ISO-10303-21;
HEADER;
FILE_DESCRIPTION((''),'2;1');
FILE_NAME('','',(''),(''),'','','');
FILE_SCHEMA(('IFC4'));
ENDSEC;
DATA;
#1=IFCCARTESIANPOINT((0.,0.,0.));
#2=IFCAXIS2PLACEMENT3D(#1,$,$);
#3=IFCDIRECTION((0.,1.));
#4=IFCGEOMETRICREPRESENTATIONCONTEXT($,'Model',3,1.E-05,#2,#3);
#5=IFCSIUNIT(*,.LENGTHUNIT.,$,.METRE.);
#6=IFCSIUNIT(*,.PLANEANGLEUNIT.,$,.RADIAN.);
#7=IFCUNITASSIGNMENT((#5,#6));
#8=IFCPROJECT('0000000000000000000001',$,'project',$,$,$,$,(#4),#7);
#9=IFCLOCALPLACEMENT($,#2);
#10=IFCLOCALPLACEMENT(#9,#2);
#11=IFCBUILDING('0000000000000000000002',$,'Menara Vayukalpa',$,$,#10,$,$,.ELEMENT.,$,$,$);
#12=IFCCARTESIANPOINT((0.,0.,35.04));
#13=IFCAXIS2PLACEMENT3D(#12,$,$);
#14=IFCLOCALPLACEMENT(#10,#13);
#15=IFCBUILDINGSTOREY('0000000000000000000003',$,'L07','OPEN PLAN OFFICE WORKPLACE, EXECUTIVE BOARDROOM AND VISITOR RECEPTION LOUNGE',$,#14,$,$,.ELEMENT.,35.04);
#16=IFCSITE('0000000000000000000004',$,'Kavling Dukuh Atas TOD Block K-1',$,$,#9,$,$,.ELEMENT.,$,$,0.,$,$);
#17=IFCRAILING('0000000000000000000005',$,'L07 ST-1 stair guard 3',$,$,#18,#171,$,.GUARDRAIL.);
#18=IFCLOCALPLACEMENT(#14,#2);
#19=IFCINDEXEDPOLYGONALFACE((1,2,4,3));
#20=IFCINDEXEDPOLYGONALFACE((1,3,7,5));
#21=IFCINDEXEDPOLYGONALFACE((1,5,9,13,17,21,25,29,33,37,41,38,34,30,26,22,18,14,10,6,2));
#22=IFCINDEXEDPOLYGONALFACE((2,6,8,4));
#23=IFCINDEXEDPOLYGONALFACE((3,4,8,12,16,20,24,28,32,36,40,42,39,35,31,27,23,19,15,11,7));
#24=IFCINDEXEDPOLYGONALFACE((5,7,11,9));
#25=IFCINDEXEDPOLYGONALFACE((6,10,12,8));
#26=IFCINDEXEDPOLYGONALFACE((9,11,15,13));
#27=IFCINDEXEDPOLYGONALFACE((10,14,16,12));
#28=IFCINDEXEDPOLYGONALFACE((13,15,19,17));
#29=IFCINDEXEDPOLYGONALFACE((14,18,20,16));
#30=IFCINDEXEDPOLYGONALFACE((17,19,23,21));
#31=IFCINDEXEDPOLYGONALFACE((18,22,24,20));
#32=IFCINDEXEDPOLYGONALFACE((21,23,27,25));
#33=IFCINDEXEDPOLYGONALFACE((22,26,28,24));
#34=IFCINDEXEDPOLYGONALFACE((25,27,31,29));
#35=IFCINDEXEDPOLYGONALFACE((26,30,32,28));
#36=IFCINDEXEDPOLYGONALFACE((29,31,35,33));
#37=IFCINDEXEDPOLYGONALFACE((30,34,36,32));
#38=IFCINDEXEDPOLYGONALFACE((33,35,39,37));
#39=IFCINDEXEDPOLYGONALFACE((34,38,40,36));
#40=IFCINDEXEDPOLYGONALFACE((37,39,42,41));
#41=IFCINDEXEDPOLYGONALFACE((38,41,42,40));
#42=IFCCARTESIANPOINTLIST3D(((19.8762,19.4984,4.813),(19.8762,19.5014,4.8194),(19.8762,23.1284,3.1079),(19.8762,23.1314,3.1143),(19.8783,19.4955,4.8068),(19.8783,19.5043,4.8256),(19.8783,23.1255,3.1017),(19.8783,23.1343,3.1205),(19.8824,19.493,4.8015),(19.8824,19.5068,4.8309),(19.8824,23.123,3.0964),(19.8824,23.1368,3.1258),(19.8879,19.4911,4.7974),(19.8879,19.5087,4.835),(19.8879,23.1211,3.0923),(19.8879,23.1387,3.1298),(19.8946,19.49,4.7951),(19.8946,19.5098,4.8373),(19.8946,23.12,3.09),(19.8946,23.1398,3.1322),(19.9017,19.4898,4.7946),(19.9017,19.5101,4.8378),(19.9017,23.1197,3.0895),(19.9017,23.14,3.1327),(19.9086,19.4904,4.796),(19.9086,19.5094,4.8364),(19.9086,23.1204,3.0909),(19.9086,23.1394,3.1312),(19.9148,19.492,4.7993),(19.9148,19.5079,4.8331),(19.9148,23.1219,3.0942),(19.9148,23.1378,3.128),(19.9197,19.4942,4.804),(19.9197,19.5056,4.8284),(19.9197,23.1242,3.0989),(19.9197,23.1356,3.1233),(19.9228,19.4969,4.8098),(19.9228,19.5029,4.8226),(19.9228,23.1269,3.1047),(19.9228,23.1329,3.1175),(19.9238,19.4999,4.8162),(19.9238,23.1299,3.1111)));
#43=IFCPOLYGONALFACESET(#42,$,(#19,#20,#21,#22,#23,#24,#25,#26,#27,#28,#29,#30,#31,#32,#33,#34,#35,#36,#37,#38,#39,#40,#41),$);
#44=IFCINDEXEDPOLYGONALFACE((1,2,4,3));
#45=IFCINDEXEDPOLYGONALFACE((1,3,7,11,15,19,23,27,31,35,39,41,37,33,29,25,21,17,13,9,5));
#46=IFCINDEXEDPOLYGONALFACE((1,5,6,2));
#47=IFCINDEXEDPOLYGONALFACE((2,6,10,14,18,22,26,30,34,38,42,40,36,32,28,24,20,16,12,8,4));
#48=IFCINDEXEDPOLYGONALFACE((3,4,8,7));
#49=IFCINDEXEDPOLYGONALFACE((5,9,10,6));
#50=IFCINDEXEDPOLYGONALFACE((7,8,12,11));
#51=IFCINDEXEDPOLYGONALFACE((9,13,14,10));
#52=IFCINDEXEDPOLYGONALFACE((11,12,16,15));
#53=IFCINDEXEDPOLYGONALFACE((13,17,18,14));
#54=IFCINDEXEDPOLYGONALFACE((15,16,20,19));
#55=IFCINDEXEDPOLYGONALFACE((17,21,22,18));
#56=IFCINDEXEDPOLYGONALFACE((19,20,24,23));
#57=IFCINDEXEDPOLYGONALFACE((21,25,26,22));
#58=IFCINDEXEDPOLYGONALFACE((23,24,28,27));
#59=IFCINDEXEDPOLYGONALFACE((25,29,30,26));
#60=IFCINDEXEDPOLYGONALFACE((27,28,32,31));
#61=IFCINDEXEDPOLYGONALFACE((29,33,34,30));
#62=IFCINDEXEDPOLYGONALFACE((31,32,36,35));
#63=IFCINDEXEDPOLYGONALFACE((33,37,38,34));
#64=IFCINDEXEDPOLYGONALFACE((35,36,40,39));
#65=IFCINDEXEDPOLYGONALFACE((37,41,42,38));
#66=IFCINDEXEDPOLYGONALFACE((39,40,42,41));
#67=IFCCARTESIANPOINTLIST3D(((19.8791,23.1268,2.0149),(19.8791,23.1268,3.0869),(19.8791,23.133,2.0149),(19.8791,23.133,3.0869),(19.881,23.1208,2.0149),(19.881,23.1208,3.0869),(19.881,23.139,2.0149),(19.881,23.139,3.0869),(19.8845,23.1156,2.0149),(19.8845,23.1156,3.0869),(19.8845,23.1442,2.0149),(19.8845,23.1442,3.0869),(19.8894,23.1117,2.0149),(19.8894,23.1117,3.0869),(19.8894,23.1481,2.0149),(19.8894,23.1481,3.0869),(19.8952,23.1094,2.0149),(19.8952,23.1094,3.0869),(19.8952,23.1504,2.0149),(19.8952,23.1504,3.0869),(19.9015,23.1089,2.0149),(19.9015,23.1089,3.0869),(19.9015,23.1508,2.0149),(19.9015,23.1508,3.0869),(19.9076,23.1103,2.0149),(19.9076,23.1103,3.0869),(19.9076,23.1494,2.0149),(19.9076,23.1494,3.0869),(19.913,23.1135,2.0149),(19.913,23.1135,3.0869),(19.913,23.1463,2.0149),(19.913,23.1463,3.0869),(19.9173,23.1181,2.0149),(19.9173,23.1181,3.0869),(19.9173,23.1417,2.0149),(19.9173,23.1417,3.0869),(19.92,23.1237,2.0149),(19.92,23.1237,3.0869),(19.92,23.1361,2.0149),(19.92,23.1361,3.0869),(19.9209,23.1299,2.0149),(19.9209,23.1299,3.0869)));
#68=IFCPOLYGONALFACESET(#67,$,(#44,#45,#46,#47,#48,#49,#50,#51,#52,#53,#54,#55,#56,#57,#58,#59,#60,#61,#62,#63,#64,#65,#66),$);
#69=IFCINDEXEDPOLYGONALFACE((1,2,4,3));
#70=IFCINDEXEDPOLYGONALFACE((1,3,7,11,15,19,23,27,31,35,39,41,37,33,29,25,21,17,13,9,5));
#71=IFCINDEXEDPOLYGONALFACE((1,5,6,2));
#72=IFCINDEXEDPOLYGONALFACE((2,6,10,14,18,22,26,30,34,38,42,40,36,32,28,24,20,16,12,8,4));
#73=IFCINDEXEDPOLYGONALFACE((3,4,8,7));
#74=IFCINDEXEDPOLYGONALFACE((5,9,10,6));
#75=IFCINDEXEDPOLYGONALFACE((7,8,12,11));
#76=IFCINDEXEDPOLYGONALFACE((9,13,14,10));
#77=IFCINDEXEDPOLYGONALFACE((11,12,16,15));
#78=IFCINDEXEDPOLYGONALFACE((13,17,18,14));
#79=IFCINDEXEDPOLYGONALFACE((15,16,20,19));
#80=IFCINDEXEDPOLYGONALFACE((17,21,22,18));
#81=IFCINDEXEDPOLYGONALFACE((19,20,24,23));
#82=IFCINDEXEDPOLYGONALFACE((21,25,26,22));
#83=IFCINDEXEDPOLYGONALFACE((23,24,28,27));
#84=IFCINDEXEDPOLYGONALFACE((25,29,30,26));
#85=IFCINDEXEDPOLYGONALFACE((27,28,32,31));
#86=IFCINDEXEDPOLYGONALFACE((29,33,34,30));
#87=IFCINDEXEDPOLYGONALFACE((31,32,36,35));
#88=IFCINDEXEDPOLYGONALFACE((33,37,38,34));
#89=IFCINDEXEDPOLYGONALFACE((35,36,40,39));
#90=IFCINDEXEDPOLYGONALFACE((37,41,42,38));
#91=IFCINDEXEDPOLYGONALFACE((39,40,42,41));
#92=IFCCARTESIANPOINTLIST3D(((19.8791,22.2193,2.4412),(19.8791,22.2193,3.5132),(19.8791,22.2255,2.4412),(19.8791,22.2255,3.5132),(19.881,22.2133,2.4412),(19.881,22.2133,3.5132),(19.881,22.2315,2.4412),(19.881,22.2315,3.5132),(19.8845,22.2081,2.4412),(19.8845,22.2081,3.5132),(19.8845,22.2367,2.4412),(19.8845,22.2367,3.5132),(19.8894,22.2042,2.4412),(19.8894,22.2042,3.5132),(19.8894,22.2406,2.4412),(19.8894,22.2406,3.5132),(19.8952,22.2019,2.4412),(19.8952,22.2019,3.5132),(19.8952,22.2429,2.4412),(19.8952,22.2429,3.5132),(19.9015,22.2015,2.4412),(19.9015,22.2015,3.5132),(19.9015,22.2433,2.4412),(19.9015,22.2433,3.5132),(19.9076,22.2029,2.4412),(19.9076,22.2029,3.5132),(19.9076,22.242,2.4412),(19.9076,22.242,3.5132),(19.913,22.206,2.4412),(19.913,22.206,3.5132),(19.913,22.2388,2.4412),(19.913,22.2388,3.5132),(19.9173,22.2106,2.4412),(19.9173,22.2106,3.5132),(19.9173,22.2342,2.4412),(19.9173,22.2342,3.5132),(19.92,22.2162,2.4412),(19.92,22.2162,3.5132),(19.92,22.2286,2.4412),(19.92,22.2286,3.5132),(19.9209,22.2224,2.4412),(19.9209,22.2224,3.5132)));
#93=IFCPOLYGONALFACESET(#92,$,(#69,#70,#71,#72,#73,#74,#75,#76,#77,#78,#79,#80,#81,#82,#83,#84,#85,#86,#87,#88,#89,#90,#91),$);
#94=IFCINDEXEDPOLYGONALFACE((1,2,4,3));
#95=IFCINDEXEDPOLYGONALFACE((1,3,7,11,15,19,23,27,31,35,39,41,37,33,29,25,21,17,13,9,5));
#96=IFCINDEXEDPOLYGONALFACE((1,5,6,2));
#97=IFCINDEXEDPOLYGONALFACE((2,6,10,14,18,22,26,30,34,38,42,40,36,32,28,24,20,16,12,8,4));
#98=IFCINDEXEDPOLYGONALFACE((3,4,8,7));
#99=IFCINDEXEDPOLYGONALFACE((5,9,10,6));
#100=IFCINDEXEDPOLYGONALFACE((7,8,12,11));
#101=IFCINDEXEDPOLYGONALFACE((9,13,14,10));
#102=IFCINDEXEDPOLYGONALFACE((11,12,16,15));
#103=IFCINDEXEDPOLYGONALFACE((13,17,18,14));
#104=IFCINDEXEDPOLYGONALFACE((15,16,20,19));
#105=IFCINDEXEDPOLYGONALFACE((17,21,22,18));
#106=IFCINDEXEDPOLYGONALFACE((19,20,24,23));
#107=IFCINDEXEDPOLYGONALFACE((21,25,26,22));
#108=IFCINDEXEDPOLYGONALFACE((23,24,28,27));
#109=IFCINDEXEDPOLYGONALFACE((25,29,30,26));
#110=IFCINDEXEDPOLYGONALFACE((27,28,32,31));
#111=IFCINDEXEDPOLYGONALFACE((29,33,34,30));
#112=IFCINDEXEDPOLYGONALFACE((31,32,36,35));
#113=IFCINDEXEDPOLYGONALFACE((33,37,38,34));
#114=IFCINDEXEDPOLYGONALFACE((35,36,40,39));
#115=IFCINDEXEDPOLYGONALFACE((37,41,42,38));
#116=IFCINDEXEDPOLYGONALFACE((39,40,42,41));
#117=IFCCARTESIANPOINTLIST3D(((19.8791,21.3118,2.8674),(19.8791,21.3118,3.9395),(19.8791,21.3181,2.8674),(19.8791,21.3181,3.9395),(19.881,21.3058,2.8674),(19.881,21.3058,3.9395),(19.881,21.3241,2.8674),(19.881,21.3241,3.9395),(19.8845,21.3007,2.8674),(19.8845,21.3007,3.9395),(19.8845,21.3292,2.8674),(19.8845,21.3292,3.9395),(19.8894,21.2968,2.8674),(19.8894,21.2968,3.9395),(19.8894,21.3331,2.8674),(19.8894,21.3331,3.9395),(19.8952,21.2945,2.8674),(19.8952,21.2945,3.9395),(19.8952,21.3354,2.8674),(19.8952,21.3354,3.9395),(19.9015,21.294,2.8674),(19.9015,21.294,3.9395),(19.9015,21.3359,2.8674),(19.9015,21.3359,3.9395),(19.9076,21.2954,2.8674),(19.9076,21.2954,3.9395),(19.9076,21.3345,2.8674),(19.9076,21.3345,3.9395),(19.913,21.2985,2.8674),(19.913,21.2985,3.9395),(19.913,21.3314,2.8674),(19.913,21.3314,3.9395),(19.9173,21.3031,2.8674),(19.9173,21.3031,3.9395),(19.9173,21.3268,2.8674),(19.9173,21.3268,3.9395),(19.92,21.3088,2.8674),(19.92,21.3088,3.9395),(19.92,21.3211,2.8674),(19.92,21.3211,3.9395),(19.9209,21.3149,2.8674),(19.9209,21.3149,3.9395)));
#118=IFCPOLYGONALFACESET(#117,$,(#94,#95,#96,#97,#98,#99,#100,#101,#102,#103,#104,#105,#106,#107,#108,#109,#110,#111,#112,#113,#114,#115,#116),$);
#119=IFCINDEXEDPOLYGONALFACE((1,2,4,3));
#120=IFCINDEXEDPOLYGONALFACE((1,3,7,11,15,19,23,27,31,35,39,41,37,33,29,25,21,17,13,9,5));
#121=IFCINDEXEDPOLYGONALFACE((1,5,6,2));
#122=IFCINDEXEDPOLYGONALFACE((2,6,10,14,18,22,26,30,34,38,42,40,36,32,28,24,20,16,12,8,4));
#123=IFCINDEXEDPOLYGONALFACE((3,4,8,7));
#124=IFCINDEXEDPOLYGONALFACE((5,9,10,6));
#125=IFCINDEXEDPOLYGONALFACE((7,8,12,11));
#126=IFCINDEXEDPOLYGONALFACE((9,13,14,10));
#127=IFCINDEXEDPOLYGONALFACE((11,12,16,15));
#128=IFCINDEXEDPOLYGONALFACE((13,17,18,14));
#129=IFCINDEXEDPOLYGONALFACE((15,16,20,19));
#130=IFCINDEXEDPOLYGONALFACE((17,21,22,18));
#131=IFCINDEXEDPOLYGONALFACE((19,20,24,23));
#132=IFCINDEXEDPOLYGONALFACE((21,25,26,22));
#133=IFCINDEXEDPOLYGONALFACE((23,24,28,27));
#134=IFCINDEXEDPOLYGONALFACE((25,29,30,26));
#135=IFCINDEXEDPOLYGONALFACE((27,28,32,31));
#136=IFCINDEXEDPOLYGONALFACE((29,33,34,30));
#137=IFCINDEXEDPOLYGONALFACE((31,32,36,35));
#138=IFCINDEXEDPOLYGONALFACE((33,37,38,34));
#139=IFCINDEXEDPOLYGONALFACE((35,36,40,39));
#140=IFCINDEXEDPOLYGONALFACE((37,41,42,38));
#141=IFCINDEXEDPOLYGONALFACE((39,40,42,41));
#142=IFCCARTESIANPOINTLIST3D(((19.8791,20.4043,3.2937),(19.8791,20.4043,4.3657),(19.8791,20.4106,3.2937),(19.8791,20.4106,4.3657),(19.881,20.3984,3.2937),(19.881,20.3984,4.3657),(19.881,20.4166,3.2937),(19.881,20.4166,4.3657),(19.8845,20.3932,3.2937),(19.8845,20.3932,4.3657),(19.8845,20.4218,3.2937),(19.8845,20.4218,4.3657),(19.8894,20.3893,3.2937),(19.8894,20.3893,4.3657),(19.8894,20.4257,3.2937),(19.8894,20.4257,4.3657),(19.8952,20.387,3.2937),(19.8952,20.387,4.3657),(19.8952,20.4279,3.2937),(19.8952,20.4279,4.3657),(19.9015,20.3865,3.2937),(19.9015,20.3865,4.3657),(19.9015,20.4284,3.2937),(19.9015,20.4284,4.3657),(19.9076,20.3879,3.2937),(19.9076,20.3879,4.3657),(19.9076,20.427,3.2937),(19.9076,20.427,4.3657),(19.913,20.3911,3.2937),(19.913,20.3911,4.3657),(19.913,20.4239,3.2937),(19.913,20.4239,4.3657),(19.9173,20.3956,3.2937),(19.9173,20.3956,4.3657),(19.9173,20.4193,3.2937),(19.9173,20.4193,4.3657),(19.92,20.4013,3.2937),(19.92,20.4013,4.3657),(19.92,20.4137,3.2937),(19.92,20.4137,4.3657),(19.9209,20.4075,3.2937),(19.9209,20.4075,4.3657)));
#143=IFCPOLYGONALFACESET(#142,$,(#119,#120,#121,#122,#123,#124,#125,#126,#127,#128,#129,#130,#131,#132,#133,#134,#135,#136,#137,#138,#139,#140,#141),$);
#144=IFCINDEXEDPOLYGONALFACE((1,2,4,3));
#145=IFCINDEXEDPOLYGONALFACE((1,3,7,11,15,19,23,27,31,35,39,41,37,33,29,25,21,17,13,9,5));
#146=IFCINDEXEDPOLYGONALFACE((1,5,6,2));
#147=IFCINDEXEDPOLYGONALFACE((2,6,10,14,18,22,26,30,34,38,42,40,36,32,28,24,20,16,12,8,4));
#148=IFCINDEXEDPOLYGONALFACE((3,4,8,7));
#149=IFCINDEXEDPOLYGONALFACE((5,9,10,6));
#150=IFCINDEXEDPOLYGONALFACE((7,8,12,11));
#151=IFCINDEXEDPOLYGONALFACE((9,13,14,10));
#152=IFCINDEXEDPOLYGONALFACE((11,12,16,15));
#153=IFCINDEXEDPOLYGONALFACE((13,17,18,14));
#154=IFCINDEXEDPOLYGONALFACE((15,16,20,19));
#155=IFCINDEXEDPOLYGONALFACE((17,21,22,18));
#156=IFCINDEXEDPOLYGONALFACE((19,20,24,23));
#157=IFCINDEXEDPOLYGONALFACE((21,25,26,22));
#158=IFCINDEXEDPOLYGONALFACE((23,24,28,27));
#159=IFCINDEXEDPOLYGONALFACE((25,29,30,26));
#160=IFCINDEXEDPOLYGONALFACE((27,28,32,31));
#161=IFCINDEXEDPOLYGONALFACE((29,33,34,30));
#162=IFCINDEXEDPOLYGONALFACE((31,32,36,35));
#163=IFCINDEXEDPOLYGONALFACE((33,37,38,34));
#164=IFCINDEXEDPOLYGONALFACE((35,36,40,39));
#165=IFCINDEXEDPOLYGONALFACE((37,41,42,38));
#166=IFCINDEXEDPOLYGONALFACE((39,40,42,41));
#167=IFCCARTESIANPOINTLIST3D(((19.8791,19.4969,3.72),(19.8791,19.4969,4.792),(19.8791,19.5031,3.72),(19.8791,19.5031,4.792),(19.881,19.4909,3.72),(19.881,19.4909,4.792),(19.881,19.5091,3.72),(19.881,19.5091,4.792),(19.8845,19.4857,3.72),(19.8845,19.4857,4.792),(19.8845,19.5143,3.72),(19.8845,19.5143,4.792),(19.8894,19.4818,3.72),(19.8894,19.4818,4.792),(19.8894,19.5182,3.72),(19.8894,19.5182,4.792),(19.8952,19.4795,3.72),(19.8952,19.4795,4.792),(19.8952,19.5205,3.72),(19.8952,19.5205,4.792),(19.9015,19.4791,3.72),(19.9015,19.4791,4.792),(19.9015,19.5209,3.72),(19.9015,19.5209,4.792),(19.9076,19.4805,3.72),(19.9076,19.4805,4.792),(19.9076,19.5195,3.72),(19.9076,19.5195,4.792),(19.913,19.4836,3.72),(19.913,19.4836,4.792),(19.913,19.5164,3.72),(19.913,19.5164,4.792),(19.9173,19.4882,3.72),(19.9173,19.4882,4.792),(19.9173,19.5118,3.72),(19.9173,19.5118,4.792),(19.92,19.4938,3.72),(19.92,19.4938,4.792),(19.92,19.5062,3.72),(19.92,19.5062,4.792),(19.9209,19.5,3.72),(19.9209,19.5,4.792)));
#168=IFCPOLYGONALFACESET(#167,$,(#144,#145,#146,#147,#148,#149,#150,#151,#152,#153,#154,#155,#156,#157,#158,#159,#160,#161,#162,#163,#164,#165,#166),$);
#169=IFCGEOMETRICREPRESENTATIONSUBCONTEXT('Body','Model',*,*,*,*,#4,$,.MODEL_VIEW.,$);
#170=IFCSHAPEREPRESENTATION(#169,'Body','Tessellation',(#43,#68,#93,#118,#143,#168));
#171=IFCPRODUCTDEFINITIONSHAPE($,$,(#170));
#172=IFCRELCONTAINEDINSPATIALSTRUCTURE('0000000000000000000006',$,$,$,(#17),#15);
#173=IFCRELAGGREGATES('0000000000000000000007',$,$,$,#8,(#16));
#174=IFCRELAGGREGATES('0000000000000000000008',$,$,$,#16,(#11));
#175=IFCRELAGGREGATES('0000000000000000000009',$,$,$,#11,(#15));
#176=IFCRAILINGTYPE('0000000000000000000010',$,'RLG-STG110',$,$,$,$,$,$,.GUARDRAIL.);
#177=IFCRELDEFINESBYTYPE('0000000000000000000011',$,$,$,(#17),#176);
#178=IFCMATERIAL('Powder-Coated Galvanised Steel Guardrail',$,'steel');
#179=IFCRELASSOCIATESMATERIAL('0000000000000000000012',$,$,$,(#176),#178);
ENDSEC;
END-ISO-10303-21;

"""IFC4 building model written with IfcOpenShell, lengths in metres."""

from ifc_helpers import new_model, si_unit, direction, frame, origin, origin_2d, place, context, subcontext, project, spatial, circle, extrude, material, type_object, element, save


model = new_model("IFC4")

# Units and contexts
model_context = context("Model", 3, precision=1e-05, world=origin(), true_north=direction((0.0, 1.0)))
body_context = subcontext(model_context, "Body", "Model", "MODEL_VIEW")
ifc_project = project(units=[si_unit("LENGTHUNIT", "METRE"), si_unit("PLANEANGLEUNIT", "RADIAN")], contexts=[model_context])

# Site, building, storey
site_placement = place(None, origin())
site = spatial("IfcSite", under=ifc_project, at=site_placement, Name="Kavling Dukuh Atas TOD Block K-1", CompositionType="ELEMENT", RefElevation=0.0)
building_placement = place(site_placement, origin())
building = spatial("IfcBuilding", under=site, at=building_placement, Name="Menara Vayukalpa", CompositionType="ELEMENT")
storey_placement = place(building_placement, frame((0.0, 0.0, 35.04)))
storey = spatial("IfcBuildingStorey", under=building, at=storey_placement, Name="L07", Description="OPEN PLAN OFFICE WORKPLACE, EXECUTIVE BOARDROOM AND VISITOR RECEPTION LOUNGE", CompositionType="ELEMENT", Elevation=35.04)

# Railing
ifc_material_1 = material(Name="Powder-Coated Galvanised Steel Guardrail", Category="steel")
railing_type_1 = type_object("IfcRailingType", Name="RLG-STG110", PredefinedType="GUARDRAIL", material=ifc_material_1)
railing_1_placement = place(storey_placement, frame((19.8999, 23.1299, 2.0149)))
element("IfcRailing", 1, at=railing_1_placement, inside=storey, type_object=railing_type_1, Name="L07 ST-1 stair guard 3", PredefinedType="GUARDRAIL", context=body_context, shape_type="SweptSolid", body=[
    extrude(circle(Radius=0.0239, at=origin_2d()), frame((0.0, 0.0, 1.0962), z_axis=(0.0, -0.905116, 0.425164), x_axis=(1.0, 0.0, 0.0)), (0.0, 0.0, 1.0), 4.0105),
    extrude(circle(Radius=0.021, at=origin_2d()), origin(), (0.0, 0.0, 1.0), 1.072),
    extrude(circle(Radius=0.021, at=origin_2d()), frame((0.0, -0.9075, 0.4263)), (0.0, 0.0, 1.0), 1.072),
    extrude(circle(Radius=0.021, at=origin_2d()), frame((0.0, -1.8149, 0.8525)), (0.0, 0.0, 1.0), 1.072),
    extrude(circle(Radius=0.021, at=origin_2d()), frame((0.0, -2.7224, 1.2788)), (0.0, 0.0, 1.0), 1.072),
    extrude(circle(Radius=0.021, at=origin_2d()), frame((0.0, -3.6299, 1.7051)), (0.0, 0.0, 1.0), 1.072),
])

save(model, "model.ifc")
